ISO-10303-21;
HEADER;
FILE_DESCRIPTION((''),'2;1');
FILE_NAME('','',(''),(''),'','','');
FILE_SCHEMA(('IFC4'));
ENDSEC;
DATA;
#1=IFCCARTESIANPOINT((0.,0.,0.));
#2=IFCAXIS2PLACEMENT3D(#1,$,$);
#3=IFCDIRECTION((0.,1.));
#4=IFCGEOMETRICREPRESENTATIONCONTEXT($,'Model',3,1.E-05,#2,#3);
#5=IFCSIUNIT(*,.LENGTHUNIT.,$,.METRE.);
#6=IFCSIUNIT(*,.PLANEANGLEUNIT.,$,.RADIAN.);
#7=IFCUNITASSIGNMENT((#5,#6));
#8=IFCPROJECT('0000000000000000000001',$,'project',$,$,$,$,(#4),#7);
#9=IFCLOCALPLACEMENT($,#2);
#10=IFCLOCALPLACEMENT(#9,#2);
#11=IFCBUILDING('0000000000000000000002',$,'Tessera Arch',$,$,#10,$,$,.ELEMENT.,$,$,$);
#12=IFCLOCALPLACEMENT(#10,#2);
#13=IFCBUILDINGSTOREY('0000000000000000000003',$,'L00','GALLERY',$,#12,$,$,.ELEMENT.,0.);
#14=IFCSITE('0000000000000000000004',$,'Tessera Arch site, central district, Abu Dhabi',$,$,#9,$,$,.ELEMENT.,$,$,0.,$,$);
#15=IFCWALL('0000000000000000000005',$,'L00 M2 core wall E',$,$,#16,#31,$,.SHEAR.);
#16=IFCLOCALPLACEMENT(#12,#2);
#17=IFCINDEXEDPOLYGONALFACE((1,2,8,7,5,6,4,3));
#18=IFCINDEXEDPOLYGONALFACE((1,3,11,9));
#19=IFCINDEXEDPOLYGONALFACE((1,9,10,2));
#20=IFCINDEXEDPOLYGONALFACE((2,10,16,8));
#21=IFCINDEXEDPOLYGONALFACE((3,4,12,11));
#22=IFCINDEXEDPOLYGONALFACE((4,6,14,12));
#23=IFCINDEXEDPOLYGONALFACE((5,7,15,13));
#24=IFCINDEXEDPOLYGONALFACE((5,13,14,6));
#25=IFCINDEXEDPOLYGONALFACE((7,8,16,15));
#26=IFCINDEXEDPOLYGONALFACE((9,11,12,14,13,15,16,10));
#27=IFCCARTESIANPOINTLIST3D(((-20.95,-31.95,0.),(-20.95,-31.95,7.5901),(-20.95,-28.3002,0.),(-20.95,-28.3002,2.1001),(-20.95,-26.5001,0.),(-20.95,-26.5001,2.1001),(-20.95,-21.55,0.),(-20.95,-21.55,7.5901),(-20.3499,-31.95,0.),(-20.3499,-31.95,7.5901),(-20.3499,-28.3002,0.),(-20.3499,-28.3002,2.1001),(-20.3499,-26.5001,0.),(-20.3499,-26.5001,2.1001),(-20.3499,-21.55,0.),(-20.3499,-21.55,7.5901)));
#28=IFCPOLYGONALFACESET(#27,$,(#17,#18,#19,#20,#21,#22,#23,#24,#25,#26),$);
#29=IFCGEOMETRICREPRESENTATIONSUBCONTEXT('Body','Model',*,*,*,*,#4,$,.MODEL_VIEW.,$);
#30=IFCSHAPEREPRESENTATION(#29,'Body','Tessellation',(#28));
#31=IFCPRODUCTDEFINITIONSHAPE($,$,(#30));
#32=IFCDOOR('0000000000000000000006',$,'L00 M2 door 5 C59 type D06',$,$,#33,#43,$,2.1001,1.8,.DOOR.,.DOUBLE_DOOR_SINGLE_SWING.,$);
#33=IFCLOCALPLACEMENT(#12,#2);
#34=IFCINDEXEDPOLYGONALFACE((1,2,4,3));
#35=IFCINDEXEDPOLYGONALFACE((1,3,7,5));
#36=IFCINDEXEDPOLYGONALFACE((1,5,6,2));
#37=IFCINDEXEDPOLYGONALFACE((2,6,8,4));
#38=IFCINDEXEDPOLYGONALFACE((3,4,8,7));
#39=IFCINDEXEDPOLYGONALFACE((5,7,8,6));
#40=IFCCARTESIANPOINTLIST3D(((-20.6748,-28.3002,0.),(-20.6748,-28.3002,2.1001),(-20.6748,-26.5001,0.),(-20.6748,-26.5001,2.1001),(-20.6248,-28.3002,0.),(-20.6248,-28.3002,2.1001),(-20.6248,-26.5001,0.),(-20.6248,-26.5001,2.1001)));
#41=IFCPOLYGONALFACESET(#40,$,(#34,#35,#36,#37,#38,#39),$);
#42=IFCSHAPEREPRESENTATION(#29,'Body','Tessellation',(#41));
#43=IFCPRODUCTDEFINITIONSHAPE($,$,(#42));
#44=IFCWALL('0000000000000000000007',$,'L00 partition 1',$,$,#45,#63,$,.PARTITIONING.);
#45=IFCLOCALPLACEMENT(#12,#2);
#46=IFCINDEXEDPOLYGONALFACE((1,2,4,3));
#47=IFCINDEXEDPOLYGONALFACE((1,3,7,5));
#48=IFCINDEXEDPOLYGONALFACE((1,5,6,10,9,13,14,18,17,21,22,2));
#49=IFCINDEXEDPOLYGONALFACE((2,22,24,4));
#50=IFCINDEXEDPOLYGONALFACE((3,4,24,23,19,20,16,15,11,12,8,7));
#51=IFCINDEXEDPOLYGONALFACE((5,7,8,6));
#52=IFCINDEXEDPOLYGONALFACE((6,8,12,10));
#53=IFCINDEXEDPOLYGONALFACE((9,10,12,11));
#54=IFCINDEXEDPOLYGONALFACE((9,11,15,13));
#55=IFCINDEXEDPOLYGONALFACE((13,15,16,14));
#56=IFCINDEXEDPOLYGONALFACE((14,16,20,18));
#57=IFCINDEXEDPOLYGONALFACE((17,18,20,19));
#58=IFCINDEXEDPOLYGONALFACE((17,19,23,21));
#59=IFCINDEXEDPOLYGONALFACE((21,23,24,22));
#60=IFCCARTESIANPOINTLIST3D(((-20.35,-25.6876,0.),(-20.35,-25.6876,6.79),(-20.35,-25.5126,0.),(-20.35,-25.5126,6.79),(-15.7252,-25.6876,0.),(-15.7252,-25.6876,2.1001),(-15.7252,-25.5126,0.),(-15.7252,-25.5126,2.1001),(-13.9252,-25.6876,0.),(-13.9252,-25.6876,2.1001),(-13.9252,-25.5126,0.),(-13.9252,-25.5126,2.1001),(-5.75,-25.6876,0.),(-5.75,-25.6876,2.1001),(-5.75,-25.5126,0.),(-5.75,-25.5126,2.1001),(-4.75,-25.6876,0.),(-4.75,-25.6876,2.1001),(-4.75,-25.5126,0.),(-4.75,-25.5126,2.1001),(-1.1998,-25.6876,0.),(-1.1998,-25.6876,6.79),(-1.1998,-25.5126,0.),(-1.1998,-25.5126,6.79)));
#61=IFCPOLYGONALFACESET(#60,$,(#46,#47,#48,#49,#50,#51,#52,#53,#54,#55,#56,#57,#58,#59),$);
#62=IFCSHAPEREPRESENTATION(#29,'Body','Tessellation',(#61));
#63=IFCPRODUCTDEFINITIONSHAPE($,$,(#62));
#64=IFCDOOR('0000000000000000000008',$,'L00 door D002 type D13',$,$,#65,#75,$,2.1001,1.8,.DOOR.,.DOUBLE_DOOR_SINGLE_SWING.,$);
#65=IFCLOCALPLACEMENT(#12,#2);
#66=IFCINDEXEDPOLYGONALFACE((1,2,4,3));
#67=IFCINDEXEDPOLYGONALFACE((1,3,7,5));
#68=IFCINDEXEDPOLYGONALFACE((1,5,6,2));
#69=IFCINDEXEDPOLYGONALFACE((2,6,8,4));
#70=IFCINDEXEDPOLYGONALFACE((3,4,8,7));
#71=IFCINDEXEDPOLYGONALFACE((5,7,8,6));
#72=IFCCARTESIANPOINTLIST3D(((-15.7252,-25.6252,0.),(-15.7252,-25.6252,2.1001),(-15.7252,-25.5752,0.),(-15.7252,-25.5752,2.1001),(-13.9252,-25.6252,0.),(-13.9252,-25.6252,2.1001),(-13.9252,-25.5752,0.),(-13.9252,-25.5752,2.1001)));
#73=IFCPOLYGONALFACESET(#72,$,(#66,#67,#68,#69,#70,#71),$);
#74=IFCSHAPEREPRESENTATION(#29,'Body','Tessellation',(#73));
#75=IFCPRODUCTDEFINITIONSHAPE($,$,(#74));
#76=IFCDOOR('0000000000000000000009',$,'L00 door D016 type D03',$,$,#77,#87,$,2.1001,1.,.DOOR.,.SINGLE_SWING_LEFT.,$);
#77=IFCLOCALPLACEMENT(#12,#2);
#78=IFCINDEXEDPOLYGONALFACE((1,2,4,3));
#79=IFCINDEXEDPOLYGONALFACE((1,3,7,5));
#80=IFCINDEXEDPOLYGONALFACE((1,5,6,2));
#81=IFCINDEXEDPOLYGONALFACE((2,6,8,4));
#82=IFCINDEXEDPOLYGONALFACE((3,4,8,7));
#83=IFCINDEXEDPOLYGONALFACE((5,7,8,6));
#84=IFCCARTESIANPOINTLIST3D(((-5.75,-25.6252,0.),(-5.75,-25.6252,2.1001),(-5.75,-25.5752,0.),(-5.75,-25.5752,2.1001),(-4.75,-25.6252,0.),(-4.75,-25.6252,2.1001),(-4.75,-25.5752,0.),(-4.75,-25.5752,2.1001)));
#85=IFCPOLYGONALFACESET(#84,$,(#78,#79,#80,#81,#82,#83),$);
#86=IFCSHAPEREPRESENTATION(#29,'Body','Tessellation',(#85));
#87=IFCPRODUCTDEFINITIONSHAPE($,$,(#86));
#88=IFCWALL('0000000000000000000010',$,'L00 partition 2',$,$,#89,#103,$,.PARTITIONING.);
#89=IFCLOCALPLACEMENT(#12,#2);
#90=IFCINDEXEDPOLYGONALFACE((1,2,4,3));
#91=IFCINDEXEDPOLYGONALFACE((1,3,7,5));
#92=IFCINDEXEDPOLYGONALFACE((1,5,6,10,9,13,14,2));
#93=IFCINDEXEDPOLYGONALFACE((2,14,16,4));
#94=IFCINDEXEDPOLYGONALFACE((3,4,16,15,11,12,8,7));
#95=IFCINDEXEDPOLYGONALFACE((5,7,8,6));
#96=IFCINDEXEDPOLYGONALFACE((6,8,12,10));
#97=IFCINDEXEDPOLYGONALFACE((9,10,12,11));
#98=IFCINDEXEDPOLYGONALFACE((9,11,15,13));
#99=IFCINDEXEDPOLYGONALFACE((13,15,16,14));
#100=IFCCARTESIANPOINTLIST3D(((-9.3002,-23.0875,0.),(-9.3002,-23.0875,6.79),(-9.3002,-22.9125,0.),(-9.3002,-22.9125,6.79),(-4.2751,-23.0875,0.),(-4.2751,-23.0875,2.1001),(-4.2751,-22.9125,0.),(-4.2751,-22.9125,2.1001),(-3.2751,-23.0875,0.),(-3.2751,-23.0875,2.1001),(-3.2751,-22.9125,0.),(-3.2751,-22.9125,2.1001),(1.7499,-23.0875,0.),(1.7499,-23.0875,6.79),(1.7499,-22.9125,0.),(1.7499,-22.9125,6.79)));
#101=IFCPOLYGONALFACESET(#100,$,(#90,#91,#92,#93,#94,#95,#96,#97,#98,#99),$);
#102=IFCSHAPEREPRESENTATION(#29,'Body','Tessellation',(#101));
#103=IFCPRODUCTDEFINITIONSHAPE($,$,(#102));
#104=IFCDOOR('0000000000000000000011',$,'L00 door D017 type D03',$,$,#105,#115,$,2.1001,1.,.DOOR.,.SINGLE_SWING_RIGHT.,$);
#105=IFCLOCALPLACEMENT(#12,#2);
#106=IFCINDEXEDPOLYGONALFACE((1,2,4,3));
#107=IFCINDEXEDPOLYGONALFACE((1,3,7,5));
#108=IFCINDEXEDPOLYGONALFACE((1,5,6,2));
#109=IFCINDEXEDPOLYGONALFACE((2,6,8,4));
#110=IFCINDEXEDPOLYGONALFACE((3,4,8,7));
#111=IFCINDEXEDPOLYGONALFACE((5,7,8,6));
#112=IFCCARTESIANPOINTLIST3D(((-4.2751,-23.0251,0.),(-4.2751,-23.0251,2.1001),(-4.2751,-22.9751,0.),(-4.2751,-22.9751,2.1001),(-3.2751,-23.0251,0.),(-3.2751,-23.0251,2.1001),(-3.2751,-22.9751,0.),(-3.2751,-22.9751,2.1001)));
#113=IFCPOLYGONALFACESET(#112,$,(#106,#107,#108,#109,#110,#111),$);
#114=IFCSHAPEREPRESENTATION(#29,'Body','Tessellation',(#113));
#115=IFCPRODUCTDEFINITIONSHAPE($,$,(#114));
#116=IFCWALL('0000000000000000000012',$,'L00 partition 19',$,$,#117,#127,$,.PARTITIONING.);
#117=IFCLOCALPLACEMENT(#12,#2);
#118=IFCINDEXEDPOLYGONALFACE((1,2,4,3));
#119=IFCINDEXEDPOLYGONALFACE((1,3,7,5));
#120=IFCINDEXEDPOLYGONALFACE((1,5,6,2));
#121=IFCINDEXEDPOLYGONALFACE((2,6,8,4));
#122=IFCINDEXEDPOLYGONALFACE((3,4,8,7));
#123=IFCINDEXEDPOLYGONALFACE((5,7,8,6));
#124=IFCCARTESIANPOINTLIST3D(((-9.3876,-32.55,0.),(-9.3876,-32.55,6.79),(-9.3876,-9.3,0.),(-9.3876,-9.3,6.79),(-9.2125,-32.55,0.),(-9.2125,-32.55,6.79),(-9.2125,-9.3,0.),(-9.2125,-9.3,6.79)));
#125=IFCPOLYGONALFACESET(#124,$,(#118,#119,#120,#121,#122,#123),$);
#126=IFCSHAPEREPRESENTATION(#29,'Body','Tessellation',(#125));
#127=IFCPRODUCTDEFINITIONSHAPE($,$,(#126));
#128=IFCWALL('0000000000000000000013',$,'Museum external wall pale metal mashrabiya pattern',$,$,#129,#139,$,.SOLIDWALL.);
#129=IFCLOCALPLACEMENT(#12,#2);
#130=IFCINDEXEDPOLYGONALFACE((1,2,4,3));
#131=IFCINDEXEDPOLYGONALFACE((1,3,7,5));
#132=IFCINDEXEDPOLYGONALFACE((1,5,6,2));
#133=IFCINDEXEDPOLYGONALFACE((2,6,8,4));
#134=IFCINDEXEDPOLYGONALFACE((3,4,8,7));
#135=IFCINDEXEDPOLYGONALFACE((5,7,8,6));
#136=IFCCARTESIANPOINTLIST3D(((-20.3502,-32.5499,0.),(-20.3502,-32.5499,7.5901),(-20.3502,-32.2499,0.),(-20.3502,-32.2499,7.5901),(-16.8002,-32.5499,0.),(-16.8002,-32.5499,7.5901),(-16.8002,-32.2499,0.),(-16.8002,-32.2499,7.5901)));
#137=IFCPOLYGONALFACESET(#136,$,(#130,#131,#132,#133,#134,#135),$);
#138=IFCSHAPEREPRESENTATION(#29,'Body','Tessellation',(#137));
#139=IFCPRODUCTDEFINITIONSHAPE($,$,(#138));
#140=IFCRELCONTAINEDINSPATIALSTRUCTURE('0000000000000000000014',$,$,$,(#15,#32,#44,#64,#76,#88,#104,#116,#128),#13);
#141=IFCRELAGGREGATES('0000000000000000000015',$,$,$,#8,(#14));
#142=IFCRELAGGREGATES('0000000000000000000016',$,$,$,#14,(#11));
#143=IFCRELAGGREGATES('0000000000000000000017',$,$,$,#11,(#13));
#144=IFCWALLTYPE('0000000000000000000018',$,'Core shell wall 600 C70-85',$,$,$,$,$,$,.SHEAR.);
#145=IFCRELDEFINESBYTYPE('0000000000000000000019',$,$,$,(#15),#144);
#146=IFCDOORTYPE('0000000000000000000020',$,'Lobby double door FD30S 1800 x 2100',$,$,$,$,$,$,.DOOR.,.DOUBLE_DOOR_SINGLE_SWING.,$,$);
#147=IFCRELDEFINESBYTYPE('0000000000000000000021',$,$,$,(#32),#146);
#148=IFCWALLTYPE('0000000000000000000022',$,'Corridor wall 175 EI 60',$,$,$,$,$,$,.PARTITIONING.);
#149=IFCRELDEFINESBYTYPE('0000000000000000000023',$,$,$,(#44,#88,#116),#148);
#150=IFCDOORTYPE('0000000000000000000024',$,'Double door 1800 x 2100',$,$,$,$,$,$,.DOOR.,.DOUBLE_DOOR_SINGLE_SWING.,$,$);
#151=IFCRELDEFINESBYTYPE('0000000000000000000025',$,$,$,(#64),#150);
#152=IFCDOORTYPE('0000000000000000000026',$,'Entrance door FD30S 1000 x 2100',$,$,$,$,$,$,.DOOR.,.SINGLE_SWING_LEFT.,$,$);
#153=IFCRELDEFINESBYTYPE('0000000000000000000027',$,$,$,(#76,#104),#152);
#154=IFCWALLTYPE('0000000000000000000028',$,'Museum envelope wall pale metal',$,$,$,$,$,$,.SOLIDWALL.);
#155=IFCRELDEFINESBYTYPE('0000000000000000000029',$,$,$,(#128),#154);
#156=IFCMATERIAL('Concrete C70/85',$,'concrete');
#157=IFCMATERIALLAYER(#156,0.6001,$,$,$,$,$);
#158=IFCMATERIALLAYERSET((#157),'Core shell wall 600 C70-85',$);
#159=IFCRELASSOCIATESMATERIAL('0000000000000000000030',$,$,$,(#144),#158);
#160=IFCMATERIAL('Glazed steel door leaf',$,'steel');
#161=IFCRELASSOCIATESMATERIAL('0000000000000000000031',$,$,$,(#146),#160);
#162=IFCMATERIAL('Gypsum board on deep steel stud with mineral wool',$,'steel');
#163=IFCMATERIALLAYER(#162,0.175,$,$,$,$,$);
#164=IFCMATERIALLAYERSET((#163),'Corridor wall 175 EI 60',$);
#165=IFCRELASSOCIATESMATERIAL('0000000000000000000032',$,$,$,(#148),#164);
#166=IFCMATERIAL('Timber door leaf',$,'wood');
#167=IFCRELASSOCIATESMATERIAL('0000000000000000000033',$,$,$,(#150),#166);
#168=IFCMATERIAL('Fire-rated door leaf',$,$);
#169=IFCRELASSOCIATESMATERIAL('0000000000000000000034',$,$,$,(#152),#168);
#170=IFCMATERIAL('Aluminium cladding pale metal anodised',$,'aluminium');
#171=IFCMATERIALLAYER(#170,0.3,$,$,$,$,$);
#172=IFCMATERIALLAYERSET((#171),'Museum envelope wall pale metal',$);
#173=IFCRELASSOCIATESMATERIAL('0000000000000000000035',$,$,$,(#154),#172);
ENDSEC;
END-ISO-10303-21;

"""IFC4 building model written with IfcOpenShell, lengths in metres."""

from ifc_helpers import new_model, si_unit, direction, frame, frame_2d, origin, place, context, subcontext, project, spatial, rectangle, extrude, material, layer, layer_set, type_object, element, fill, save


model = new_model("IFC4")

# Units and contexts
model_context = context("Model", 3, precision=1e-05, world=origin(), true_north=direction((0.0, 1.0)))
body_context = subcontext(model_context, "Body", "Model", "MODEL_VIEW")
ifc_project = project(units=[si_unit("LENGTHUNIT", "METRE"), si_unit("PLANEANGLEUNIT", "RADIAN")], contexts=[model_context])

# Site, building, storey
site_placement = place(None, origin())
site = spatial("IfcSite", under=ifc_project, at=site_placement, Name="Tessera Arch site, central district, Abu Dhabi", CompositionType="ELEMENT", RefElevation=0.0)
building_placement = place(site_placement, origin())
building = spatial("IfcBuilding", under=site, at=building_placement, Name="Tessera Arch", CompositionType="ELEMENT")
storey_placement = place(building_placement, origin())
storey = spatial("IfcBuildingStorey", under=building, at=storey_placement, Name="L00", Description="GALLERY", CompositionType="ELEMENT", Elevation=0.0)

# Wall, opening, door
ifc_material_1 = material(Name="Concrete C70/85", Category="concrete")
ifc_layer_1 = layer(ifc_material_1, 0.6001)
ifc_layer_set_1 = layer_set([ifc_layer_1], Name="Core shell wall 600 C70-85")
wall_type_1 = type_object("IfcWallType", Name="Core shell wall 600 C70-85", PredefinedType="SHEAR", material=ifc_layer_set_1)
wall_1_placement = place(storey_placement, frame((-20.6499, -31.95, 0.0), z_axis=(0.0, 0.0, 1.0), x_axis=(0.0, 1.0, 0.0)))
wall_1 = element("IfcWall", 1, at=wall_1_placement, inside=storey, type_object=wall_type_1, Name="L00 M2 core wall E", PredefinedType="SHEAR", context=body_context, shape_type="SweptSolid", body=[
    extrude(rectangle(XDim=10.3999, YDim=0.6001, at=frame_2d((5.2, 0.0))), origin(), (0.0, 0.0, 1.0), 7.5901),
])
opening_1_placement = place(wall_1_placement, frame((3.6499, 0.0, 0.0)))
opening_1 = element("IfcOpeningElement", 2, at=opening_1_placement, cuts=wall_1, PredefinedType="OPENING", context=body_context, shape_type="SweptSolid", body=[
    extrude(rectangle(XDim=1.8, YDim=2.1001, at=frame_2d((0.8999, 1.05))), frame((0.0, 0.3101, 0.0), z_axis=(0.0, -1.0, 0.0), x_axis=(1.0, 0.0, 0.0)), (0.0, 0.0, 1.0), 0.6201),
])
ifc_material_2 = material(Name="Glazed steel door leaf", Category="steel")
door_type_1 = type_object("IfcDoorType", Name="Lobby double door FD30S 1800 x 2100", OperationType="DOUBLE_DOOR_SINGLE_SWING", PredefinedType="DOOR", material=ifc_material_2)
door_1_placement = place(opening_1_placement, origin())
door_1 = element("IfcDoor", 3, at=door_1_placement, inside=storey, type_object=door_type_1, Name="L00 M2 door 5 C59 type D06", OperationType="DOUBLE_DOOR_SINGLE_SWING", OverallHeight=2.1001, OverallWidth=1.8, PredefinedType="DOOR", context=body_context, shape_type="SweptSolid", body=[
    extrude(rectangle(XDim=1.8, YDim=2.1001, at=frame_2d((0.8999, 1.05))), frame((0.0, 0.0249, 0.0), z_axis=(0.0, -1.0, 0.0), x_axis=(1.0, 0.0, 0.0)), (0.0, 0.0, 1.0), 0.05),
])
fill(opening_1, door_1)

# Wall, openings, doors
ifc_material_3 = material(Name="Gypsum board on deep steel stud with mineral wool", Category="steel")
ifc_layer_2 = layer(ifc_material_3, 0.175)
ifc_layer_set_2 = layer_set([ifc_layer_2], Name="Corridor wall 175 EI 60")
wall_type_2 = type_object("IfcWallType", Name="Corridor wall 175 EI 60", PredefinedType="PARTITIONING", material=ifc_layer_set_2)
wall_2_placement = place(storey_placement, frame((-20.3501, -25.6001, 0.0), z_axis=(0.0, 0.0, 1.0), x_axis=(1.0, 0.0, 0.0)))
wall_2 = element("IfcWall", 4, at=wall_2_placement, inside=storey, type_object=wall_type_2, Name="L00 partition 1", PredefinedType="PARTITIONING", context=body_context, shape_type="SweptSolid", body=[
    extrude(rectangle(XDim=19.1501, YDim=0.175, at=frame_2d((9.5752, 0.0))), origin(), (0.0, 0.0, 1.0), 6.79),
])
opening_2_placement = place(wall_2_placement, frame((4.625, 0.0, 0.0)))
opening_2 = element("IfcOpeningElement", 5, at=opening_2_placement, cuts=wall_2, PredefinedType="OPENING", context=body_context, shape_type="SweptSolid", body=[
    extrude(rectangle(XDim=1.8, YDim=2.1001, at=frame_2d((0.8999, 1.05))), frame((0.0, 0.0974, 0.0), z_axis=(0.0, -1.0, 0.0), x_axis=(1.0, 0.0, 0.0)), (0.0, 0.0, 1.0), 0.1951),
])
opening_3_placement = place(wall_2_placement, frame((14.6001, 0.0, 0.0)))
opening_3 = element("IfcOpeningElement", 6, at=opening_3_placement, cuts=wall_2, PredefinedType="OPENING", context=body_context, shape_type="SweptSolid", body=[
    extrude(rectangle(XDim=1.0, YDim=2.1001, at=frame_2d((0.5, 1.05))), frame((0.0, 0.0974, 0.0), z_axis=(0.0, -1.0, 0.0), x_axis=(1.0, 0.0, 0.0)), (0.0, 0.0, 1.0), 0.1951),
])
ifc_material_4 = material(Name="Timber door leaf", Category="wood")
door_type_2 = type_object("IfcDoorType", Name="Double door 1800 x 2100", OperationType="DOUBLE_DOOR_SINGLE_SWING", PredefinedType="DOOR", material=ifc_material_4)
door_2_placement = place(opening_2_placement, origin())
door_2 = element("IfcDoor", 7, at=door_2_placement, inside=storey, type_object=door_type_2, Name="L00 door D002 type D13", OperationType="DOUBLE_DOOR_SINGLE_SWING", OverallHeight=2.1001, OverallWidth=1.8, PredefinedType="DOOR", context=body_context, shape_type="SweptSolid", body=[
    extrude(rectangle(XDim=1.8, YDim=2.1001, at=frame_2d((0.8999, 1.05))), frame((0.0, 0.0249, 0.0), z_axis=(0.0, -1.0, 0.0), x_axis=(1.0, 0.0, 0.0)), (0.0, 0.0, 1.0), 0.05),
])
fill(opening_2, door_2)
ifc_material_5 = material(Name="Fire-rated door leaf")
door_type_3 = type_object("IfcDoorType", Name="Entrance door FD30S 1000 x 2100", OperationType="SINGLE_SWING_LEFT", PredefinedType="DOOR", material=ifc_material_5)
door_3_placement = place(opening_3_placement, origin())
door_3 = element("IfcDoor", 8, at=door_3_placement, inside=storey, type_object=door_type_3, Name="L00 door D016 type D03", OperationType="SINGLE_SWING_LEFT", OverallHeight=2.1001, OverallWidth=1.0, PredefinedType="DOOR", context=body_context, shape_type="SweptSolid", body=[
    extrude(rectangle(XDim=1.0, YDim=2.1001, at=frame_2d((0.5, 1.05))), frame((0.0, 0.0249, 0.0), z_axis=(0.0, -1.0, 0.0), x_axis=(1.0, 0.0, 0.0)), (0.0, 0.0, 1.0), 0.05),
])
fill(opening_3, door_3)

# Wall, opening, door
wall_3_placement = place(storey_placement, frame((-9.3, -23.0, 0.0), z_axis=(0.0, 0.0, 1.0), x_axis=(1.0, 0.0, 0.0)))
wall_3 = element("IfcWall", 9, at=wall_3_placement, inside=storey, type_object=wall_type_2, Name="L00 partition 2", PredefinedType="PARTITIONING", context=body_context, shape_type="SweptSolid", body=[
    extrude(rectangle(XDim=11.05, YDim=0.175, at=frame_2d((5.5249, 0.0))), origin(), (0.0, 0.0, 1.0), 6.79),
])
opening_4_placement = place(wall_3_placement, frame((5.0249, 0.0, 0.0)))
opening_4 = element("IfcOpeningElement", 10, at=opening_4_placement, cuts=wall_3, PredefinedType="OPENING", context=body_context, shape_type="SweptSolid", body=[
    extrude(rectangle(XDim=1.0, YDim=2.1001, at=frame_2d((0.5, 1.05))), frame((0.0, 0.0974, 0.0), z_axis=(0.0, -1.0, 0.0), x_axis=(1.0, 0.0, 0.0)), (0.0, 0.0, 1.0), 0.1951),
])
door_4_placement = place(opening_4_placement, origin())
door_4 = element("IfcDoor", 11, at=door_4_placement, inside=storey, type_object=door_type_3, Name="L00 door D017 type D03", OperationType="SINGLE_SWING_RIGHT", OverallHeight=2.1001, OverallWidth=1.0, PredefinedType="DOOR", context=body_context, shape_type="SweptSolid", body=[
    extrude(rectangle(XDim=1.0, YDim=2.1001, at=frame_2d((0.5, 1.05))), frame((0.0, 0.0249, 0.0), z_axis=(0.0, -1.0, 0.0), x_axis=(1.0, 0.0, 0.0)), (0.0, 0.0, 1.0), 0.05),
])
fill(opening_4, door_4)

# Walls
wall_4_placement = place(storey_placement, frame((-9.3, -32.55, 0.0), z_axis=(0.0, 0.0, 1.0), x_axis=(0.0, 1.0, 0.0)))
element("IfcWall", 12, at=wall_4_placement, inside=storey, type_object=wall_type_2, Name="L00 partition 19", PredefinedType="PARTITIONING", context=body_context, shape_type="SweptSolid", body=[
    extrude(rectangle(XDim=23.25, YDim=0.175, at=frame_2d((11.625, 0.0))), origin(), (0.0, 0.0, 1.0), 6.79),
])
ifc_material_6 = material(Name="Aluminium cladding pale metal anodised", Category="aluminium")
ifc_layer_3 = layer(ifc_material_6, 0.3)
ifc_layer_set_3 = layer_set([ifc_layer_3], Name="Museum envelope wall pale metal")
wall_type_3 = type_object("IfcWallType", Name="Museum envelope wall pale metal", PredefinedType="SOLIDWALL", material=ifc_layer_set_3)
wall_5_placement = place(storey_placement, frame((-20.3501, -32.3999, 0.0), z_axis=(0.0, 0.0, 1.0), x_axis=(1.0, 0.0, 0.0)))
element("IfcWall", 13, at=wall_5_placement, inside=storey, type_object=wall_type_3, Name="Museum external wall pale metal mashrabiya pattern", PredefinedType="SOLIDWALL", context=body_context, shape_type="SweptSolid", body=[
    extrude(rectangle(XDim=3.55, YDim=0.3, at=frame_2d((1.7749, 0.0))), origin(), (0.0, 0.0, 1.0), 7.5901),
])

save(model, "model.ifc")
